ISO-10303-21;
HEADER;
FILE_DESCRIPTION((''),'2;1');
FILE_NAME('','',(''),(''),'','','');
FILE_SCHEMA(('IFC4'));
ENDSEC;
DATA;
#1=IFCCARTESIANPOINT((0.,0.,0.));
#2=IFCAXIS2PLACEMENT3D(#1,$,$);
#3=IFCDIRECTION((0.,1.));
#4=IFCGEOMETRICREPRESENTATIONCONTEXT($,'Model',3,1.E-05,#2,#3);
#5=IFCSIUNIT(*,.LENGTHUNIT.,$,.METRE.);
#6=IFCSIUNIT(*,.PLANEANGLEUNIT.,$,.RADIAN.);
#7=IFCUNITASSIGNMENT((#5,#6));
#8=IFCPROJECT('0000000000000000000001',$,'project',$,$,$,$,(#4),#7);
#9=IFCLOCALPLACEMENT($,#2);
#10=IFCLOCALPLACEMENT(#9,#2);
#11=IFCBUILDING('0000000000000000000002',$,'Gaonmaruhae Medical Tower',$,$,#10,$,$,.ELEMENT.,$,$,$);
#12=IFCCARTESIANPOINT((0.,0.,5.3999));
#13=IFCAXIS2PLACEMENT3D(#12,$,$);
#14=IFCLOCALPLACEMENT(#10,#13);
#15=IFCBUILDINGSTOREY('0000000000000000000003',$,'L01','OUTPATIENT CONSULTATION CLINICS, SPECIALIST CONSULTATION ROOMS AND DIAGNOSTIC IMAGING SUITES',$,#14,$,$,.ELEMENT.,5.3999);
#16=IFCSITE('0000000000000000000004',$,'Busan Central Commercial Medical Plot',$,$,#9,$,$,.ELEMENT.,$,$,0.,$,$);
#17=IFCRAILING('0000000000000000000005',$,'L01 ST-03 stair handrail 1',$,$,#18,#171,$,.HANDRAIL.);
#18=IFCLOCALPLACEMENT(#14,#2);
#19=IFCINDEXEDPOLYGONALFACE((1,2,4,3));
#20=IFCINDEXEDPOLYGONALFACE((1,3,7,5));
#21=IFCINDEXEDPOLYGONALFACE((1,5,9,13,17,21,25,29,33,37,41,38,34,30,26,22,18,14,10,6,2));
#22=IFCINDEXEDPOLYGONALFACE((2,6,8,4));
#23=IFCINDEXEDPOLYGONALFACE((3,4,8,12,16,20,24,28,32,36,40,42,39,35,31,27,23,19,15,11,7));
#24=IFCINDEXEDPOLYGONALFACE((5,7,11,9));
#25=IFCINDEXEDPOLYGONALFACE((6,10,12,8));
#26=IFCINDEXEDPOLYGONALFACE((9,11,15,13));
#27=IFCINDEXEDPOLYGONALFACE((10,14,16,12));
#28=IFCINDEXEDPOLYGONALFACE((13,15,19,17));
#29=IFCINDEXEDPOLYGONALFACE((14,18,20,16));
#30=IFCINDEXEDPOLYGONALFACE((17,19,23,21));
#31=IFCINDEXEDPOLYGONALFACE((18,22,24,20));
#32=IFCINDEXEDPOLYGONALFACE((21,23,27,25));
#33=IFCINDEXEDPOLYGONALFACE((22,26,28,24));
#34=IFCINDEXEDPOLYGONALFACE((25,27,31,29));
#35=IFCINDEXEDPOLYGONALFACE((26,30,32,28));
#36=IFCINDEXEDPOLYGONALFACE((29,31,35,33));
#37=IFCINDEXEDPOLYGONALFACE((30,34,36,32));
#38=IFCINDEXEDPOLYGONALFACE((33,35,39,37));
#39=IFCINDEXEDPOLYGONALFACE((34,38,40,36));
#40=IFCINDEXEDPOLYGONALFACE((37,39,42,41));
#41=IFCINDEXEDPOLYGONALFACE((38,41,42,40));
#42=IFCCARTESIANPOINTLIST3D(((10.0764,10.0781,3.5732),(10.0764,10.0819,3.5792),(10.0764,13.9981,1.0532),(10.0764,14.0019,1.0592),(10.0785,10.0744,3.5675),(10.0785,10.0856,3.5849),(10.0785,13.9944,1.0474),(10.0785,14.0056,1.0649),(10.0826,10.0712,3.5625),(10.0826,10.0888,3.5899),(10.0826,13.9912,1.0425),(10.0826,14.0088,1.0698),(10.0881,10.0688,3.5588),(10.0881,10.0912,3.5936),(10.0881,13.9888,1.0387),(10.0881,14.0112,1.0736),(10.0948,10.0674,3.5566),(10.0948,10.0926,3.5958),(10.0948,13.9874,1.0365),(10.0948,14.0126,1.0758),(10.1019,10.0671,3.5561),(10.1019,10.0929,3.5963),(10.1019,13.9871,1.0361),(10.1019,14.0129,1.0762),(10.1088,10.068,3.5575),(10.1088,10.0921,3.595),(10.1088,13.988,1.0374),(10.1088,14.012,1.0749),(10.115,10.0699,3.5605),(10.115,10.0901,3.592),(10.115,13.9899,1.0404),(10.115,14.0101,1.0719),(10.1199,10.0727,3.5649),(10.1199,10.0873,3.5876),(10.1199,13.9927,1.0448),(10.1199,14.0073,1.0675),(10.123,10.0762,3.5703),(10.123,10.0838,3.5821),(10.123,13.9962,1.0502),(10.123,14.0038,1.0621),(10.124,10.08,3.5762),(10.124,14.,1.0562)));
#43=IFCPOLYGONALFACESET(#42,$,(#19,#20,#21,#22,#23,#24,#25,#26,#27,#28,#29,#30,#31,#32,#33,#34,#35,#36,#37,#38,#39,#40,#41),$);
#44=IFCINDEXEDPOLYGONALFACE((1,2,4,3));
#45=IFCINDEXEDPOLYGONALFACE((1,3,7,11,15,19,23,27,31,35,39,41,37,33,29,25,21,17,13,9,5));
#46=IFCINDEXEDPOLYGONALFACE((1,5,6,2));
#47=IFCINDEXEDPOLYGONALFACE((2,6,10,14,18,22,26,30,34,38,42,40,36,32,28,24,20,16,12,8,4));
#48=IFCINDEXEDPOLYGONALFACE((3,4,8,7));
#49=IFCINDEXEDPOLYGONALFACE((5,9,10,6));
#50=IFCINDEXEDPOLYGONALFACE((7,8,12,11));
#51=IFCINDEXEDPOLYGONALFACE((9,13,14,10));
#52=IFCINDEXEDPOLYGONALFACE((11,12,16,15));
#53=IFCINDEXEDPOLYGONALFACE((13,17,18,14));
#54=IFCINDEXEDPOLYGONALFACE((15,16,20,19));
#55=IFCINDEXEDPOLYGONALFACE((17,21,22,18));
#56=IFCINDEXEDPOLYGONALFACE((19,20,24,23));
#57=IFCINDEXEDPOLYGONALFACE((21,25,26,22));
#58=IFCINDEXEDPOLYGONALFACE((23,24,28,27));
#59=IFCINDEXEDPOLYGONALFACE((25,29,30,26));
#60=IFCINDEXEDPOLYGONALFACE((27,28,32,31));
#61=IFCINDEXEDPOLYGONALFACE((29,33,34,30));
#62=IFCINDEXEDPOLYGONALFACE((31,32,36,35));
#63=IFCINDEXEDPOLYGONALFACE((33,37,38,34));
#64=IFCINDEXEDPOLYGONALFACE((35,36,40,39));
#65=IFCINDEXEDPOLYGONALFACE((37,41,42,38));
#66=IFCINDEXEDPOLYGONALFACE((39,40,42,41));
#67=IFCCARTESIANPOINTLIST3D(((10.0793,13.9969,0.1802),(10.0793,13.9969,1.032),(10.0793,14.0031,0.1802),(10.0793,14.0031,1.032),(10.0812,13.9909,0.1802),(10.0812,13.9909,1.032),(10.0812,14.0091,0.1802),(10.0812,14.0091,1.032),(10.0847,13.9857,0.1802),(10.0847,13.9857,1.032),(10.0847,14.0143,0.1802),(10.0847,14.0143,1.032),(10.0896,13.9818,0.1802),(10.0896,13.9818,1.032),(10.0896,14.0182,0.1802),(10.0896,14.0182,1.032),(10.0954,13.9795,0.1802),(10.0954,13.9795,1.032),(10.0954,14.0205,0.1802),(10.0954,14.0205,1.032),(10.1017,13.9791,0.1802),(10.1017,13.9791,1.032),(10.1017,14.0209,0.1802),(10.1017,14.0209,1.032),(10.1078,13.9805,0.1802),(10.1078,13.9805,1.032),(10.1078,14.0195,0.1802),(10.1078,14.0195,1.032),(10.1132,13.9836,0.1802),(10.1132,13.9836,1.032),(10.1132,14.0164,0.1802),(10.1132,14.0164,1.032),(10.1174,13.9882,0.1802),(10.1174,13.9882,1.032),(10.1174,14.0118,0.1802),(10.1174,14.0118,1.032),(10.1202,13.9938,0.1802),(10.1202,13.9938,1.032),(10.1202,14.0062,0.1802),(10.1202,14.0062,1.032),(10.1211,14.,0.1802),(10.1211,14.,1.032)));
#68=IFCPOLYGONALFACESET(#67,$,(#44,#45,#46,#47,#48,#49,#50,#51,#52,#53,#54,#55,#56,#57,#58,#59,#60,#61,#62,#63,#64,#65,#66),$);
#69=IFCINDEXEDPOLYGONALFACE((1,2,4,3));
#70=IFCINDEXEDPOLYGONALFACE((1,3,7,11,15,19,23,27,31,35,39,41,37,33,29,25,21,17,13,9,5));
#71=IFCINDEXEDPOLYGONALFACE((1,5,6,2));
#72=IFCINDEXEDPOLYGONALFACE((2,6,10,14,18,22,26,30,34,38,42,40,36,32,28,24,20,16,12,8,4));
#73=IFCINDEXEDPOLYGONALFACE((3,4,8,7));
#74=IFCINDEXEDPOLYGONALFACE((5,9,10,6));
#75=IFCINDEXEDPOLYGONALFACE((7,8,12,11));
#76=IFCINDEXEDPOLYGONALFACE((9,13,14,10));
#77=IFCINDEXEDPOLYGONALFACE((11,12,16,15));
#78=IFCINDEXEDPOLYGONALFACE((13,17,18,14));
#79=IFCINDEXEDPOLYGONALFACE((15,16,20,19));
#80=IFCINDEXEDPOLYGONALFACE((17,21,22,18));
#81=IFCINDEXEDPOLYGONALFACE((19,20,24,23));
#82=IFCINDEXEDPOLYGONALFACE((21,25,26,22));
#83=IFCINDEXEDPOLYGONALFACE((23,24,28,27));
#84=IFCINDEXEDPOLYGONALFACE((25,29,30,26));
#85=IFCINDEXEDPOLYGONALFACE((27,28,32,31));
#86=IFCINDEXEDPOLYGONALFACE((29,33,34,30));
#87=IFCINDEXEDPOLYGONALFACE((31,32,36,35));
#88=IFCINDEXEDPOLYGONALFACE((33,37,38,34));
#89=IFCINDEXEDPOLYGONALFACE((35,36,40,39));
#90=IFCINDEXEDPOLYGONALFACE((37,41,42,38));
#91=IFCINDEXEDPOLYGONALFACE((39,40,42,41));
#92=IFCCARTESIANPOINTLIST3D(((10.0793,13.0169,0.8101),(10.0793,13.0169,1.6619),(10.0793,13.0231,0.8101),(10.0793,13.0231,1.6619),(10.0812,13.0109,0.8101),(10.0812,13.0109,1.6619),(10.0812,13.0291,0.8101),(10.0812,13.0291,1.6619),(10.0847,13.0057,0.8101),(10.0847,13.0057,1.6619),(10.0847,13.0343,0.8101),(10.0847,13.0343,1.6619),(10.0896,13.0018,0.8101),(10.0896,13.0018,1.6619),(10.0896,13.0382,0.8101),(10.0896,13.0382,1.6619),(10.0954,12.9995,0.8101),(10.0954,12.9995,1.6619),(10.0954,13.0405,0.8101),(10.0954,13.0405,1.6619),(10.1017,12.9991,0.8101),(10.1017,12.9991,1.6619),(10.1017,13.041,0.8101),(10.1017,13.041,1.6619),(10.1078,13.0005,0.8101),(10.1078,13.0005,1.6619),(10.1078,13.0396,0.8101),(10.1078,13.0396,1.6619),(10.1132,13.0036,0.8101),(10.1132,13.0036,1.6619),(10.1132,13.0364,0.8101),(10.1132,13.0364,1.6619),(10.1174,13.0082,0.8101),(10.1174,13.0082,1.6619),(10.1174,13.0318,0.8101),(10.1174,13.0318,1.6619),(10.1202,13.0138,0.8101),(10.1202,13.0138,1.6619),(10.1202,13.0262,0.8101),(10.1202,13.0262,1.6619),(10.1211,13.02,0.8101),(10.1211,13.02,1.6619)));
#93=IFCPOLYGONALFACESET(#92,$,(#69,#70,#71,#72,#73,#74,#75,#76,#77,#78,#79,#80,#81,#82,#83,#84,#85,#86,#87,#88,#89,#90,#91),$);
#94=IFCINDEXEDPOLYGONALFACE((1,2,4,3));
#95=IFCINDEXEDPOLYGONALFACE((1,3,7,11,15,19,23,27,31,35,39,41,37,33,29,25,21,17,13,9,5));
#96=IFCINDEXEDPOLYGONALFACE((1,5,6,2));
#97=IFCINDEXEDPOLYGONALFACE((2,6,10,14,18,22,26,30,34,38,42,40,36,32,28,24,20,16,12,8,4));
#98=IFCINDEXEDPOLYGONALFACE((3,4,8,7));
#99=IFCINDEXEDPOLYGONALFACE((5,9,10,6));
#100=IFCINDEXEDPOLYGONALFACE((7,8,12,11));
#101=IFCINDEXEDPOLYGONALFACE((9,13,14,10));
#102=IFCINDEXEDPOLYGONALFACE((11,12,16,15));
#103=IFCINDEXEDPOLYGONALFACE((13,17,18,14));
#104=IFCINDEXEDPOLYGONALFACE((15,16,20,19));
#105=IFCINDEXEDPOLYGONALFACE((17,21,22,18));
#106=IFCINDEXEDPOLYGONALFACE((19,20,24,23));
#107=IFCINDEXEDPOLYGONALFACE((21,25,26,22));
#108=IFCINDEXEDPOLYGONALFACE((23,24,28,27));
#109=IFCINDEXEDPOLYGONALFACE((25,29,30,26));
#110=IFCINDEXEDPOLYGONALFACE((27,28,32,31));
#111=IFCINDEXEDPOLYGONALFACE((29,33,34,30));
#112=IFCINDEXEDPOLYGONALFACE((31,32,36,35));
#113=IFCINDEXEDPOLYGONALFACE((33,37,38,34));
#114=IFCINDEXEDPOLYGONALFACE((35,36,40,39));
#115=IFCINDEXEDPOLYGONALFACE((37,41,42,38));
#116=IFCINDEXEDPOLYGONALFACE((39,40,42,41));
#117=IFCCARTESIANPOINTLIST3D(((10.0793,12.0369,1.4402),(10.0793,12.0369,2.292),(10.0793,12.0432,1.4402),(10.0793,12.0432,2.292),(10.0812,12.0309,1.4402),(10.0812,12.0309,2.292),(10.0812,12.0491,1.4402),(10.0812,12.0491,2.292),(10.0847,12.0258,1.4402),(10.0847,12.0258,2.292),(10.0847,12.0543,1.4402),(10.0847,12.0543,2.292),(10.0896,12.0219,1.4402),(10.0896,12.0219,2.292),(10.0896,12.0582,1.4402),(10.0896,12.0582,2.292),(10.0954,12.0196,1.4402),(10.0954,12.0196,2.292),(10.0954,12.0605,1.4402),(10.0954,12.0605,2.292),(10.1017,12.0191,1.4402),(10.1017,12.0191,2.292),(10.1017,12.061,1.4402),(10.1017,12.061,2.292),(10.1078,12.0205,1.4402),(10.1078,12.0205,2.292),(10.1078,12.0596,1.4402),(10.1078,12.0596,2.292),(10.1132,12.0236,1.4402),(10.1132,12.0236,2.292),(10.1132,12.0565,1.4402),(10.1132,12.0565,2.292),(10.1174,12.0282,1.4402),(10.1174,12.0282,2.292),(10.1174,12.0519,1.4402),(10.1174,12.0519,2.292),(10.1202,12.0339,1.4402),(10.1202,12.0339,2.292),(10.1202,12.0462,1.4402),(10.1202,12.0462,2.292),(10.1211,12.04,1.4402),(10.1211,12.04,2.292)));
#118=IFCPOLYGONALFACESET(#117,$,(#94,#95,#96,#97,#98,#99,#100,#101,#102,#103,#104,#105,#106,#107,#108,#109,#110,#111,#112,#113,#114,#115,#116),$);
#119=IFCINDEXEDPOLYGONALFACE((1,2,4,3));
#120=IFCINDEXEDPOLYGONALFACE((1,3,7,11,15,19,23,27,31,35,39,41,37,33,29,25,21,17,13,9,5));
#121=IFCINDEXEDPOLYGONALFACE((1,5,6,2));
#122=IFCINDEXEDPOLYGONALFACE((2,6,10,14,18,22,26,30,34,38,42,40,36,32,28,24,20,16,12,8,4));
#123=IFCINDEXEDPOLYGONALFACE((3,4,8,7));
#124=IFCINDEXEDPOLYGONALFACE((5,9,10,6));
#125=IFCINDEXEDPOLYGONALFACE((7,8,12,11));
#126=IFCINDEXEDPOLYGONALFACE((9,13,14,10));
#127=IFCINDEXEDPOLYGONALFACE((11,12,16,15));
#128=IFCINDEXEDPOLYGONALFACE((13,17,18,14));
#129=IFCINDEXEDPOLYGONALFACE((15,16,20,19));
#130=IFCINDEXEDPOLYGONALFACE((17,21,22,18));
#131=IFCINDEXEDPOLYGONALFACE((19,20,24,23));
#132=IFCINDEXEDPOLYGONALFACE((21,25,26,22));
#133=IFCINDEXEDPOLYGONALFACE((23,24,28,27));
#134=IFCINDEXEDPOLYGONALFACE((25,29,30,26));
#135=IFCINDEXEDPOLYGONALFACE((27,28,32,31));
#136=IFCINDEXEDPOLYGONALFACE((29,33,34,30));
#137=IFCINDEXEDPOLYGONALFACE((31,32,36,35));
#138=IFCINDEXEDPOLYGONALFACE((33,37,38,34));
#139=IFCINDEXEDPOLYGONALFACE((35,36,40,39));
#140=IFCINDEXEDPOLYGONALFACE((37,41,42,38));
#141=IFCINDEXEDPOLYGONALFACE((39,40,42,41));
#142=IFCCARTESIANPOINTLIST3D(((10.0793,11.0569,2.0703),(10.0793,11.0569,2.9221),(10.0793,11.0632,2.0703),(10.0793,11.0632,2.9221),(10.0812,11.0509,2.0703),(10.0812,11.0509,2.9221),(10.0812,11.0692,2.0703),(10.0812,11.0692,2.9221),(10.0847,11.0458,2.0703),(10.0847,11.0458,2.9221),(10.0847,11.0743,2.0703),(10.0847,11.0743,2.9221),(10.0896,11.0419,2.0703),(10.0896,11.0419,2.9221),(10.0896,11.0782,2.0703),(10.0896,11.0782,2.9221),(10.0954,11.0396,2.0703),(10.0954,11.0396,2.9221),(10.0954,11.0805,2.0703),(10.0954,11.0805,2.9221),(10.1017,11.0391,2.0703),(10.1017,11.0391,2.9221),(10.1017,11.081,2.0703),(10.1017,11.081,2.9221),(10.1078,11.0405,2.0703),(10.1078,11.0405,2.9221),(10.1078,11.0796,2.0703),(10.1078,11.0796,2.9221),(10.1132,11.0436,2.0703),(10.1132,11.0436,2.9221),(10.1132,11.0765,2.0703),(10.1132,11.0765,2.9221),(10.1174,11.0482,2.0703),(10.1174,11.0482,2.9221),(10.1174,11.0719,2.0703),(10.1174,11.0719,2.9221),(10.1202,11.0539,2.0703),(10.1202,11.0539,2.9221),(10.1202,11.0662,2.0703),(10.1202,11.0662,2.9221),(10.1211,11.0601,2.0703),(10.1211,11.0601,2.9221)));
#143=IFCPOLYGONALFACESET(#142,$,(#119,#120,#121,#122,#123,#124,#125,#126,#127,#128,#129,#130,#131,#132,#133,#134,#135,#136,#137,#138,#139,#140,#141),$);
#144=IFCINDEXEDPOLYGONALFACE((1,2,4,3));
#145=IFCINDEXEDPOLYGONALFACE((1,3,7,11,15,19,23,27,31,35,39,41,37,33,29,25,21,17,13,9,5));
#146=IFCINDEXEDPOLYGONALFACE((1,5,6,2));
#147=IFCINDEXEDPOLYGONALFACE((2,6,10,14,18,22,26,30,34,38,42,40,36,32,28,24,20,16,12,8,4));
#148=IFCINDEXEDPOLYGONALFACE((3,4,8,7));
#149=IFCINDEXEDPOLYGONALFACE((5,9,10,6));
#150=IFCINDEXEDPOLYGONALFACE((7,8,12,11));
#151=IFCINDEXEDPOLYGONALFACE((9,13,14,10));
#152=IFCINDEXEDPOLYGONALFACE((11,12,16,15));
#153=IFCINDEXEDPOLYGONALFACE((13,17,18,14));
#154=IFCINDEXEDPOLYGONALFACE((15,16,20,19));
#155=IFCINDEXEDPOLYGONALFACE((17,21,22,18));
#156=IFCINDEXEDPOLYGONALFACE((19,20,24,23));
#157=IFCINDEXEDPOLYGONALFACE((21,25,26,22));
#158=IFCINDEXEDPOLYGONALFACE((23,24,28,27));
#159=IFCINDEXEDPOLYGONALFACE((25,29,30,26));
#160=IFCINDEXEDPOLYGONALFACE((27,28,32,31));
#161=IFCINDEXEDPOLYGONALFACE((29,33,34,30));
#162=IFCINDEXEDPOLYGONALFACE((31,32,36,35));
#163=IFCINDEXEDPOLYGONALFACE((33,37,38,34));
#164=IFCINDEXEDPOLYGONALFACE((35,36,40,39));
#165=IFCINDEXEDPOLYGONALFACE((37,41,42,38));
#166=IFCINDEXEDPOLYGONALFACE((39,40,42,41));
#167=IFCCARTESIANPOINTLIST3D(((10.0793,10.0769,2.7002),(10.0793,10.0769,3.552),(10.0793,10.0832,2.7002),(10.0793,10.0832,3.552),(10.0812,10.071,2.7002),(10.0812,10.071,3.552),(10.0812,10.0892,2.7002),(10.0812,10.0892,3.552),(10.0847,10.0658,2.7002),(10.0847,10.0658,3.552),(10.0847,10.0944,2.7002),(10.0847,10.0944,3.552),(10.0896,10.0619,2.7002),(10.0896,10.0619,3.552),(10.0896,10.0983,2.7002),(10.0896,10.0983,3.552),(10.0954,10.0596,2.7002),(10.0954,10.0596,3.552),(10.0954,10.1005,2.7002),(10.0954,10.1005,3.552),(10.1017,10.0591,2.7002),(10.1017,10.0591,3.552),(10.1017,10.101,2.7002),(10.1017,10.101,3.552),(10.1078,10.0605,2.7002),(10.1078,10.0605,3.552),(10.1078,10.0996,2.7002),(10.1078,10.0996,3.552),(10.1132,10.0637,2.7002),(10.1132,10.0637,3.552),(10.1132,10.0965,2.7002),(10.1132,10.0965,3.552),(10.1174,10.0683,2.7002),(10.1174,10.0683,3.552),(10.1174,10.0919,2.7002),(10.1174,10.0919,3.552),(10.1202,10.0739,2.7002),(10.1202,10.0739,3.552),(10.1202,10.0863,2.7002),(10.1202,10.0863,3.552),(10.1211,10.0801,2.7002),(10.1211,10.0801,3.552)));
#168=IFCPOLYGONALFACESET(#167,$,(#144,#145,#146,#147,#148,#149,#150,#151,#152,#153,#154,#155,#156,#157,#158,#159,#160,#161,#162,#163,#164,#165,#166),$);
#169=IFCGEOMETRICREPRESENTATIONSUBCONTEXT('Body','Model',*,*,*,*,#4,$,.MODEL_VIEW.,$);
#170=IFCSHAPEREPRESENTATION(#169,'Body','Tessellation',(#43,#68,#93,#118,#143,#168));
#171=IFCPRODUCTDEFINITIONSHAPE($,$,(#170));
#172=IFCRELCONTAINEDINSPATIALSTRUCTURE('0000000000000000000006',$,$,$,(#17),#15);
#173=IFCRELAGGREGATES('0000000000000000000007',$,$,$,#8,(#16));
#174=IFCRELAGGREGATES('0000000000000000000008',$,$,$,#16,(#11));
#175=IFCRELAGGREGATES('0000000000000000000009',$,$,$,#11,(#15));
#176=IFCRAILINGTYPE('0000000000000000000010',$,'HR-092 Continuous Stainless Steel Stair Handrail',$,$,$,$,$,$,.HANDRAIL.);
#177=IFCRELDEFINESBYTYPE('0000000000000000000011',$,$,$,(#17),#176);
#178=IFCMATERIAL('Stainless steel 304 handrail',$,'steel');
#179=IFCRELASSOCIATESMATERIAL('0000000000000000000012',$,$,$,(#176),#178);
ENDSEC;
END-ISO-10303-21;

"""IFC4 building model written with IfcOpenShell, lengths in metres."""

from ifc_helpers import new_model, si_unit, direction, frame, origin, origin_2d, place, context, subcontext, project, spatial, circle, extrude, material, type_object, element, save


model = new_model("IFC4")

# Units and contexts
model_context = context("Model", 3, precision=1e-05, world=origin(), true_north=direction((0.0, 1.0)))
body_context = subcontext(model_context, "Body", "Model", "MODEL_VIEW")
ifc_project = project(units=[si_unit("LENGTHUNIT", "METRE"), si_unit("PLANEANGLEUNIT", "RADIAN")], contexts=[model_context])

# Site, building, storey
site_placement = place(None, origin())
site = spatial("IfcSite", under=ifc_project, at=site_placement, Name="Busan Central Commercial Medical Plot", CompositionType="ELEMENT", RefElevation=0.0)
building_placement = place(site_placement, origin())
building = spatial("IfcBuilding", under=site, at=building_placement, Name="Gaonmaruhae Medical Tower", CompositionType="ELEMENT")
storey_placement = place(building_placement, frame((0.0, 0.0, 5.3999)))
storey = spatial("IfcBuildingStorey", under=building, at=storey_placement, Name="L01", Description="OUTPATIENT CONSULTATION CLINICS, SPECIALIST CONSULTATION ROOMS AND DIAGNOSTIC IMAGING SUITES", CompositionType="ELEMENT", Elevation=5.3999)

# Railing
ifc_material_1 = material(Name="Stainless steel 304 handrail", Category="steel")
railing_type_1 = type_object("IfcRailingType", Name="HR-092 Continuous Stainless Steel Stair Handrail", PredefinedType="HANDRAIL", material=ifc_material_1)
railing_1_placement = place(storey_placement, frame((10.1001, 14.0, 0.1802)))
element("IfcRailing", 1, at=railing_1_placement, inside=storey, type_object=railing_type_1, Name="L01 ST-03 stair handrail 1", PredefinedType="HANDRAIL", context=body_context, shape_type="SweptSolid", body=[
    extrude(circle(Radius=0.0239, at=origin_2d()), frame((0.0, 0.0, 0.876), z_axis=(0.0, -0.841172, 0.540768), x_axis=(1.0, 0.0, 0.0)), (0.0, 0.0, 1.0), 4.6602),
    extrude(circle(Radius=0.021, at=origin_2d()), origin(), (0.0, 0.0, 1.0), 0.8518),
    extrude(circle(Radius=0.021, at=origin_2d()), frame((0.0, -0.98, 0.6299)), (0.0, 0.0, 1.0), 0.8518),
    extrude(circle(Radius=0.021, at=origin_2d()), frame((0.0, -1.96, 1.26)), (0.0, 0.0, 1.0), 0.8518),
    extrude(circle(Radius=0.021, at=origin_2d()), frame((0.0, -2.9399, 1.8901)), (0.0, 0.0, 1.0), 0.8518),
    extrude(circle(Radius=0.021, at=origin_2d()), frame((0.0, -3.9199, 2.52)), (0.0, 0.0, 1.0), 0.8518),
])

save(model, "model.ifc")
